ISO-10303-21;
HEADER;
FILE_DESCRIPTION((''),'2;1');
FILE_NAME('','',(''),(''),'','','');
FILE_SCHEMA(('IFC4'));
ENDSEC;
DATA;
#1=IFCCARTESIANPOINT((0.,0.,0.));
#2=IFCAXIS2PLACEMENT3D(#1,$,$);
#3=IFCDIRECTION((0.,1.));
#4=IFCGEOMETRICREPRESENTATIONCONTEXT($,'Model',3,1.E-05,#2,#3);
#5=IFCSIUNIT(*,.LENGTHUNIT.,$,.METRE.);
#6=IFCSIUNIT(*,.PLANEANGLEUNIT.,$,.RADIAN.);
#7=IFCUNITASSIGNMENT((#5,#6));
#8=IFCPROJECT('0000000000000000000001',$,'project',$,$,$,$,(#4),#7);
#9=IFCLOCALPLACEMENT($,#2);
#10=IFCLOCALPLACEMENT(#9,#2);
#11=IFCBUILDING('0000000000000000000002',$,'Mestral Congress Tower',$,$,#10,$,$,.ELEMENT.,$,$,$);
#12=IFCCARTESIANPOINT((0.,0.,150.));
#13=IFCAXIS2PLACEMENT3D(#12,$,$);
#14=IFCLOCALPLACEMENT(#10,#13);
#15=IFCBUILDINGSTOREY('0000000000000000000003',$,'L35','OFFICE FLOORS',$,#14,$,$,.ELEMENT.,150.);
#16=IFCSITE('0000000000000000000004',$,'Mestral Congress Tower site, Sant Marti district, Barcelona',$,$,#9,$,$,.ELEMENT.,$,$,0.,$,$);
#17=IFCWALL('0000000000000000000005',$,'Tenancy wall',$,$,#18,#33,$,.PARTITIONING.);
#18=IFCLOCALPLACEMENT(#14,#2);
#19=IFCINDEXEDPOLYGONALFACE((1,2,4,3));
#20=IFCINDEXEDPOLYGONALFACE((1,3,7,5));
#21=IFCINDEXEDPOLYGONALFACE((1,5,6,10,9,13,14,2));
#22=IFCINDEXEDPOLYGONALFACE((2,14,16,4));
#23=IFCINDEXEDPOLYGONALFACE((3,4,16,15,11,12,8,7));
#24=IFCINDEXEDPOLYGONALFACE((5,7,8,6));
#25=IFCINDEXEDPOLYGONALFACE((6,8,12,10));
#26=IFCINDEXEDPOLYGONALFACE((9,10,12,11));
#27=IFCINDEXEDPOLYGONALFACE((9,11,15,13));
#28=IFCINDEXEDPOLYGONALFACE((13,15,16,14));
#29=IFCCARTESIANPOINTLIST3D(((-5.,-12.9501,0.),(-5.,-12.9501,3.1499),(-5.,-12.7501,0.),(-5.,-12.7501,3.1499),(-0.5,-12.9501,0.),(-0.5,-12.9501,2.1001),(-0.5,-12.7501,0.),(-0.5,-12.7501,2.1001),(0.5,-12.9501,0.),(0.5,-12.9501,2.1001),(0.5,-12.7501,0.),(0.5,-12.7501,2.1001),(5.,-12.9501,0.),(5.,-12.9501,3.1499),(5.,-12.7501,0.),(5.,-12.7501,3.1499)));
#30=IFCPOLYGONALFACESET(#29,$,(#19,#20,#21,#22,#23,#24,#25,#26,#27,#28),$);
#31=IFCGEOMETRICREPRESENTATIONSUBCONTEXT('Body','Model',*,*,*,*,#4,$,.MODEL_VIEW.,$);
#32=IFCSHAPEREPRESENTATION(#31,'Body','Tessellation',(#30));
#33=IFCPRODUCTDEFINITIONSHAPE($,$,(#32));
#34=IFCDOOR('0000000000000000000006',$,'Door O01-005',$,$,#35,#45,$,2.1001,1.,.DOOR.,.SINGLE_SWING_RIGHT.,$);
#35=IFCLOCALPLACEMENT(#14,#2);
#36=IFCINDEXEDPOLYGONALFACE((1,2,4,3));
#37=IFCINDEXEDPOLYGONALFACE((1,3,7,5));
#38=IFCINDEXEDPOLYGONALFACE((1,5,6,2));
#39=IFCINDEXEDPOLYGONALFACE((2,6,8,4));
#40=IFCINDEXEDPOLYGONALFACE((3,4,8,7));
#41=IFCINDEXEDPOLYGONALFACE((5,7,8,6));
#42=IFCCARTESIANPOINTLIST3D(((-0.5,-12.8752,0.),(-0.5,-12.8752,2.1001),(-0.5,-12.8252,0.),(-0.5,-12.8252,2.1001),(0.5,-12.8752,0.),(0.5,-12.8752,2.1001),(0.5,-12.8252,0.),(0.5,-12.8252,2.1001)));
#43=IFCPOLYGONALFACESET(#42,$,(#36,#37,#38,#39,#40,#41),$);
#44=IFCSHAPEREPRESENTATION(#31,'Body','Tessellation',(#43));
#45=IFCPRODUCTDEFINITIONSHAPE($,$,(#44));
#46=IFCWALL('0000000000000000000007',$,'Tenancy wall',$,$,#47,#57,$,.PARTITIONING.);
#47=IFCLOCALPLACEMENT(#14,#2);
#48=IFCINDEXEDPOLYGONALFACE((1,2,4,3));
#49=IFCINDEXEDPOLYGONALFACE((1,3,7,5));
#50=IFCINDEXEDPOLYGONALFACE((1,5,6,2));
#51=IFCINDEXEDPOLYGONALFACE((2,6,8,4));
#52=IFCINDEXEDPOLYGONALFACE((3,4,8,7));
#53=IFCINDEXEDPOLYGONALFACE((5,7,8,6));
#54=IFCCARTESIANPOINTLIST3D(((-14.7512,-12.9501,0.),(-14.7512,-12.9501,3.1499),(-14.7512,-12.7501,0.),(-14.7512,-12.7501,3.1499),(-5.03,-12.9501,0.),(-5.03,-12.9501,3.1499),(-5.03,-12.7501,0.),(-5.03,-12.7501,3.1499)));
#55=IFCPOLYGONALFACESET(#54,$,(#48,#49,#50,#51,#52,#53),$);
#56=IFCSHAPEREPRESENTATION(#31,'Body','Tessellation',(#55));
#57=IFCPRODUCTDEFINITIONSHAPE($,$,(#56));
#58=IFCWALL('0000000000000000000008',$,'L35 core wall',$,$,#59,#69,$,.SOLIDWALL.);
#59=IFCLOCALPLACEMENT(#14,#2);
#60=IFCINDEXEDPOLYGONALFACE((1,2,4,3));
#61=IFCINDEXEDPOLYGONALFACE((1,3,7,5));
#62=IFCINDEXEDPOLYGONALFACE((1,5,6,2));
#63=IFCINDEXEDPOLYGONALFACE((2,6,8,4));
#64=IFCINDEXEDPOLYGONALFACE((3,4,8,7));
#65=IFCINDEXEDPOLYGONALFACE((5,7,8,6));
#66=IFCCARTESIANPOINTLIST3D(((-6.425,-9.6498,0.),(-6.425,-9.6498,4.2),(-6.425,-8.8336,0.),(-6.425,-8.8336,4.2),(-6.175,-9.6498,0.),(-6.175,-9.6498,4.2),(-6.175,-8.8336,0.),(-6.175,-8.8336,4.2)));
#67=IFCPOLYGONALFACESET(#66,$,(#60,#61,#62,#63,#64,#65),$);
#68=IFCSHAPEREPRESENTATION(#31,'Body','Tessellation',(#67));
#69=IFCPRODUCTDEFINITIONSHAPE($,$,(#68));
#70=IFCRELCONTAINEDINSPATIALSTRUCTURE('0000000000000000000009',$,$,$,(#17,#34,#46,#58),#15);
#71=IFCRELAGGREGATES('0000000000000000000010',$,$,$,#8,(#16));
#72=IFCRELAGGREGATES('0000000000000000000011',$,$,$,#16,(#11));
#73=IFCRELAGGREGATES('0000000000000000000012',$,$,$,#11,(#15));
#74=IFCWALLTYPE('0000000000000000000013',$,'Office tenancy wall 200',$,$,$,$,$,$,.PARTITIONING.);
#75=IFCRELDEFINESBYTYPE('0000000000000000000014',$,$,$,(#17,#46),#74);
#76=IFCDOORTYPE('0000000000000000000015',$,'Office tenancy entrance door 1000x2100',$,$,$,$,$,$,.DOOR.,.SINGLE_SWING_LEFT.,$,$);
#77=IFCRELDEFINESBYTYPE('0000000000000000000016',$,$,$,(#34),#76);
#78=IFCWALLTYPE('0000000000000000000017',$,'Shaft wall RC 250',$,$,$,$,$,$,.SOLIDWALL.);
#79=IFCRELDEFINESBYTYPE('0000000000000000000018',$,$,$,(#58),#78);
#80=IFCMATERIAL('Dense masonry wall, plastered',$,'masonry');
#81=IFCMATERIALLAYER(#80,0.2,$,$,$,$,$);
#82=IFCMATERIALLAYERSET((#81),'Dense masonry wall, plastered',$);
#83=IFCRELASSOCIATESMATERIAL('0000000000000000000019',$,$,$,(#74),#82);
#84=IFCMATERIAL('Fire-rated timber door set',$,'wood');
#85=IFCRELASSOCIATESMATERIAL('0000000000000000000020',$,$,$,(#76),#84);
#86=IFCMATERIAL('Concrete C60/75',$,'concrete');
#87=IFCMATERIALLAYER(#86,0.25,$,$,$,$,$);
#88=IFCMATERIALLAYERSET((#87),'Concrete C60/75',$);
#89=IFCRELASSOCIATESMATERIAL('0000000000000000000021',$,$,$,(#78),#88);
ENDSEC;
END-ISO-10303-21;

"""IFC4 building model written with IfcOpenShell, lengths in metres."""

from ifc_helpers import new_model, si_unit, direction, frame, frame_2d, origin, place, context, subcontext, project, spatial, rectangle, extrude, material, layer, layer_set, type_object, element, fill, save


model = new_model("IFC4")

# Units and contexts
model_context = context("Model", 3, precision=1e-05, world=origin(), true_north=direction((0.0, 1.0)))
body_context = subcontext(model_context, "Body", "Model", "MODEL_VIEW")
ifc_project = project(units=[si_unit("LENGTHUNIT", "METRE"), si_unit("PLANEANGLEUNIT", "RADIAN")], contexts=[model_context])

# Site, building, storey
site_placement = place(None, origin())
site = spatial("IfcSite", under=ifc_project, at=site_placement, Name="Mestral Congress Tower site, Sant Marti district, Barcelona", CompositionType="ELEMENT", RefElevation=0.0)
building_placement = place(site_placement, origin())
building = spatial("IfcBuilding", under=site, at=building_placement, Name="Mestral Congress Tower", CompositionType="ELEMENT")
storey_placement = place(building_placement, frame((0.0, 0.0, 150.0)))
storey = spatial("IfcBuildingStorey", under=building, at=storey_placement, Name="L35", Description="OFFICE FLOORS", CompositionType="ELEMENT", Elevation=150.0)

# Shared definitions
ifc_material_1 = material(Name="Concrete C60/75", Category="concrete")

# Wall, opening, door
ifc_material_2 = material(Name="Dense masonry wall, plastered", Category="masonry")
ifc_layer_1 = layer(ifc_material_2, 0.2)
ifc_layer_set_1 = layer_set([ifc_layer_1], Name="Dense masonry wall, plastered")
wall_type_1 = type_object("IfcWallType", Name="Office tenancy wall 200", PredefinedType="PARTITIONING", material=ifc_layer_set_1)
wall_1_placement = place(storey_placement, frame((-5.0, -12.8501, 0.0), z_axis=(0.0, 0.0, 1.0), x_axis=(1.0, 0.0, 0.0)))
wall_1 = element("IfcWall", 1, at=wall_1_placement, inside=storey, type_object=wall_type_1, Name="Tenancy wall", PredefinedType="PARTITIONING", context=body_context, shape_type="SweptSolid", body=[
    extrude(rectangle(XDim=10.0, YDim=0.2, at=frame_2d((5.0, 0.0))), origin(), (0.0, 0.0, 1.0), 3.1499),
])
opening_1_placement = place(wall_1_placement, frame((4.5, 0.0, 0.0)))
opening_1 = element("IfcOpeningElement", 2, at=opening_1_placement, cuts=wall_1, PredefinedType="OPENING", context=body_context, shape_type="SweptSolid", body=[
    extrude(rectangle(XDim=1.0, YDim=2.1001, at=frame_2d((0.5, 1.05))), frame((0.0, 0.1099, 0.0), z_axis=(0.0, -1.0, 0.0), x_axis=(1.0, 0.0, 0.0)), (0.0, 0.0, 1.0), 0.22),
])
ifc_material_3 = material(Name="Fire-rated timber door set", Category="wood")
door_type_1 = type_object("IfcDoorType", Name="Office tenancy entrance door 1000x2100", OperationType="SINGLE_SWING_LEFT", PredefinedType="DOOR", material=ifc_material_3)
door_1_placement = place(opening_1_placement, origin())
door_1 = element("IfcDoor", 3, at=door_1_placement, inside=storey, type_object=door_type_1, Name="Door O01-005", OperationType="SINGLE_SWING_RIGHT", OverallHeight=2.1001, OverallWidth=1.0, PredefinedType="DOOR", context=body_context, shape_type="SweptSolid", body=[
    extrude(rectangle(XDim=1.0, YDim=2.1001, at=frame_2d((0.5, 1.05))), frame((0.0, 0.0249, 0.0), z_axis=(0.0, -1.0, 0.0), x_axis=(1.0, 0.0, 0.0)), (0.0, 0.0, 1.0), 0.05),
])
fill(opening_1, door_1)

# Walls
wall_2_placement = place(storey_placement, frame((-14.7512, -12.8501, 0.0), z_axis=(0.0, 0.0, 1.0), x_axis=(1.0, 0.0, 0.0)))
element("IfcWall", 4, at=wall_2_placement, inside=storey, type_object=wall_type_1, Name="Tenancy wall", PredefinedType="PARTITIONING", context=body_context, shape_type="SweptSolid", body=[
    extrude(rectangle(XDim=9.7212, YDim=0.2, at=frame_2d((4.8606, 0.0))), origin(), (0.0, 0.0, 1.0), 3.1499),
])
ifc_layer_2 = layer(ifc_material_1, 0.25)
ifc_layer_set_2 = layer_set([ifc_layer_2], Name="Concrete C60/75")
wall_type_2 = type_object("IfcWallType", Name="Shaft wall RC 250", PredefinedType="SOLIDWALL", material=ifc_layer_set_2)
wall_3_placement = place(storey_placement, frame((-6.3, -9.6499, 0.0), z_axis=(0.0, 0.0, 1.0), x_axis=(0.0, 1.0, 0.0)))
element("IfcWall", 5, at=wall_3_placement, inside=storey, type_object=wall_type_2, Name="L35 core wall", PredefinedType="SOLIDWALL", context=body_context, shape_type="SweptSolid", body=[
    extrude(rectangle(XDim=0.8162, YDim=0.25, at=frame_2d((0.4082, 0.0))), origin(), (0.0, 0.0, 1.0), 4.2),
])

save(model, "model.ifc")
